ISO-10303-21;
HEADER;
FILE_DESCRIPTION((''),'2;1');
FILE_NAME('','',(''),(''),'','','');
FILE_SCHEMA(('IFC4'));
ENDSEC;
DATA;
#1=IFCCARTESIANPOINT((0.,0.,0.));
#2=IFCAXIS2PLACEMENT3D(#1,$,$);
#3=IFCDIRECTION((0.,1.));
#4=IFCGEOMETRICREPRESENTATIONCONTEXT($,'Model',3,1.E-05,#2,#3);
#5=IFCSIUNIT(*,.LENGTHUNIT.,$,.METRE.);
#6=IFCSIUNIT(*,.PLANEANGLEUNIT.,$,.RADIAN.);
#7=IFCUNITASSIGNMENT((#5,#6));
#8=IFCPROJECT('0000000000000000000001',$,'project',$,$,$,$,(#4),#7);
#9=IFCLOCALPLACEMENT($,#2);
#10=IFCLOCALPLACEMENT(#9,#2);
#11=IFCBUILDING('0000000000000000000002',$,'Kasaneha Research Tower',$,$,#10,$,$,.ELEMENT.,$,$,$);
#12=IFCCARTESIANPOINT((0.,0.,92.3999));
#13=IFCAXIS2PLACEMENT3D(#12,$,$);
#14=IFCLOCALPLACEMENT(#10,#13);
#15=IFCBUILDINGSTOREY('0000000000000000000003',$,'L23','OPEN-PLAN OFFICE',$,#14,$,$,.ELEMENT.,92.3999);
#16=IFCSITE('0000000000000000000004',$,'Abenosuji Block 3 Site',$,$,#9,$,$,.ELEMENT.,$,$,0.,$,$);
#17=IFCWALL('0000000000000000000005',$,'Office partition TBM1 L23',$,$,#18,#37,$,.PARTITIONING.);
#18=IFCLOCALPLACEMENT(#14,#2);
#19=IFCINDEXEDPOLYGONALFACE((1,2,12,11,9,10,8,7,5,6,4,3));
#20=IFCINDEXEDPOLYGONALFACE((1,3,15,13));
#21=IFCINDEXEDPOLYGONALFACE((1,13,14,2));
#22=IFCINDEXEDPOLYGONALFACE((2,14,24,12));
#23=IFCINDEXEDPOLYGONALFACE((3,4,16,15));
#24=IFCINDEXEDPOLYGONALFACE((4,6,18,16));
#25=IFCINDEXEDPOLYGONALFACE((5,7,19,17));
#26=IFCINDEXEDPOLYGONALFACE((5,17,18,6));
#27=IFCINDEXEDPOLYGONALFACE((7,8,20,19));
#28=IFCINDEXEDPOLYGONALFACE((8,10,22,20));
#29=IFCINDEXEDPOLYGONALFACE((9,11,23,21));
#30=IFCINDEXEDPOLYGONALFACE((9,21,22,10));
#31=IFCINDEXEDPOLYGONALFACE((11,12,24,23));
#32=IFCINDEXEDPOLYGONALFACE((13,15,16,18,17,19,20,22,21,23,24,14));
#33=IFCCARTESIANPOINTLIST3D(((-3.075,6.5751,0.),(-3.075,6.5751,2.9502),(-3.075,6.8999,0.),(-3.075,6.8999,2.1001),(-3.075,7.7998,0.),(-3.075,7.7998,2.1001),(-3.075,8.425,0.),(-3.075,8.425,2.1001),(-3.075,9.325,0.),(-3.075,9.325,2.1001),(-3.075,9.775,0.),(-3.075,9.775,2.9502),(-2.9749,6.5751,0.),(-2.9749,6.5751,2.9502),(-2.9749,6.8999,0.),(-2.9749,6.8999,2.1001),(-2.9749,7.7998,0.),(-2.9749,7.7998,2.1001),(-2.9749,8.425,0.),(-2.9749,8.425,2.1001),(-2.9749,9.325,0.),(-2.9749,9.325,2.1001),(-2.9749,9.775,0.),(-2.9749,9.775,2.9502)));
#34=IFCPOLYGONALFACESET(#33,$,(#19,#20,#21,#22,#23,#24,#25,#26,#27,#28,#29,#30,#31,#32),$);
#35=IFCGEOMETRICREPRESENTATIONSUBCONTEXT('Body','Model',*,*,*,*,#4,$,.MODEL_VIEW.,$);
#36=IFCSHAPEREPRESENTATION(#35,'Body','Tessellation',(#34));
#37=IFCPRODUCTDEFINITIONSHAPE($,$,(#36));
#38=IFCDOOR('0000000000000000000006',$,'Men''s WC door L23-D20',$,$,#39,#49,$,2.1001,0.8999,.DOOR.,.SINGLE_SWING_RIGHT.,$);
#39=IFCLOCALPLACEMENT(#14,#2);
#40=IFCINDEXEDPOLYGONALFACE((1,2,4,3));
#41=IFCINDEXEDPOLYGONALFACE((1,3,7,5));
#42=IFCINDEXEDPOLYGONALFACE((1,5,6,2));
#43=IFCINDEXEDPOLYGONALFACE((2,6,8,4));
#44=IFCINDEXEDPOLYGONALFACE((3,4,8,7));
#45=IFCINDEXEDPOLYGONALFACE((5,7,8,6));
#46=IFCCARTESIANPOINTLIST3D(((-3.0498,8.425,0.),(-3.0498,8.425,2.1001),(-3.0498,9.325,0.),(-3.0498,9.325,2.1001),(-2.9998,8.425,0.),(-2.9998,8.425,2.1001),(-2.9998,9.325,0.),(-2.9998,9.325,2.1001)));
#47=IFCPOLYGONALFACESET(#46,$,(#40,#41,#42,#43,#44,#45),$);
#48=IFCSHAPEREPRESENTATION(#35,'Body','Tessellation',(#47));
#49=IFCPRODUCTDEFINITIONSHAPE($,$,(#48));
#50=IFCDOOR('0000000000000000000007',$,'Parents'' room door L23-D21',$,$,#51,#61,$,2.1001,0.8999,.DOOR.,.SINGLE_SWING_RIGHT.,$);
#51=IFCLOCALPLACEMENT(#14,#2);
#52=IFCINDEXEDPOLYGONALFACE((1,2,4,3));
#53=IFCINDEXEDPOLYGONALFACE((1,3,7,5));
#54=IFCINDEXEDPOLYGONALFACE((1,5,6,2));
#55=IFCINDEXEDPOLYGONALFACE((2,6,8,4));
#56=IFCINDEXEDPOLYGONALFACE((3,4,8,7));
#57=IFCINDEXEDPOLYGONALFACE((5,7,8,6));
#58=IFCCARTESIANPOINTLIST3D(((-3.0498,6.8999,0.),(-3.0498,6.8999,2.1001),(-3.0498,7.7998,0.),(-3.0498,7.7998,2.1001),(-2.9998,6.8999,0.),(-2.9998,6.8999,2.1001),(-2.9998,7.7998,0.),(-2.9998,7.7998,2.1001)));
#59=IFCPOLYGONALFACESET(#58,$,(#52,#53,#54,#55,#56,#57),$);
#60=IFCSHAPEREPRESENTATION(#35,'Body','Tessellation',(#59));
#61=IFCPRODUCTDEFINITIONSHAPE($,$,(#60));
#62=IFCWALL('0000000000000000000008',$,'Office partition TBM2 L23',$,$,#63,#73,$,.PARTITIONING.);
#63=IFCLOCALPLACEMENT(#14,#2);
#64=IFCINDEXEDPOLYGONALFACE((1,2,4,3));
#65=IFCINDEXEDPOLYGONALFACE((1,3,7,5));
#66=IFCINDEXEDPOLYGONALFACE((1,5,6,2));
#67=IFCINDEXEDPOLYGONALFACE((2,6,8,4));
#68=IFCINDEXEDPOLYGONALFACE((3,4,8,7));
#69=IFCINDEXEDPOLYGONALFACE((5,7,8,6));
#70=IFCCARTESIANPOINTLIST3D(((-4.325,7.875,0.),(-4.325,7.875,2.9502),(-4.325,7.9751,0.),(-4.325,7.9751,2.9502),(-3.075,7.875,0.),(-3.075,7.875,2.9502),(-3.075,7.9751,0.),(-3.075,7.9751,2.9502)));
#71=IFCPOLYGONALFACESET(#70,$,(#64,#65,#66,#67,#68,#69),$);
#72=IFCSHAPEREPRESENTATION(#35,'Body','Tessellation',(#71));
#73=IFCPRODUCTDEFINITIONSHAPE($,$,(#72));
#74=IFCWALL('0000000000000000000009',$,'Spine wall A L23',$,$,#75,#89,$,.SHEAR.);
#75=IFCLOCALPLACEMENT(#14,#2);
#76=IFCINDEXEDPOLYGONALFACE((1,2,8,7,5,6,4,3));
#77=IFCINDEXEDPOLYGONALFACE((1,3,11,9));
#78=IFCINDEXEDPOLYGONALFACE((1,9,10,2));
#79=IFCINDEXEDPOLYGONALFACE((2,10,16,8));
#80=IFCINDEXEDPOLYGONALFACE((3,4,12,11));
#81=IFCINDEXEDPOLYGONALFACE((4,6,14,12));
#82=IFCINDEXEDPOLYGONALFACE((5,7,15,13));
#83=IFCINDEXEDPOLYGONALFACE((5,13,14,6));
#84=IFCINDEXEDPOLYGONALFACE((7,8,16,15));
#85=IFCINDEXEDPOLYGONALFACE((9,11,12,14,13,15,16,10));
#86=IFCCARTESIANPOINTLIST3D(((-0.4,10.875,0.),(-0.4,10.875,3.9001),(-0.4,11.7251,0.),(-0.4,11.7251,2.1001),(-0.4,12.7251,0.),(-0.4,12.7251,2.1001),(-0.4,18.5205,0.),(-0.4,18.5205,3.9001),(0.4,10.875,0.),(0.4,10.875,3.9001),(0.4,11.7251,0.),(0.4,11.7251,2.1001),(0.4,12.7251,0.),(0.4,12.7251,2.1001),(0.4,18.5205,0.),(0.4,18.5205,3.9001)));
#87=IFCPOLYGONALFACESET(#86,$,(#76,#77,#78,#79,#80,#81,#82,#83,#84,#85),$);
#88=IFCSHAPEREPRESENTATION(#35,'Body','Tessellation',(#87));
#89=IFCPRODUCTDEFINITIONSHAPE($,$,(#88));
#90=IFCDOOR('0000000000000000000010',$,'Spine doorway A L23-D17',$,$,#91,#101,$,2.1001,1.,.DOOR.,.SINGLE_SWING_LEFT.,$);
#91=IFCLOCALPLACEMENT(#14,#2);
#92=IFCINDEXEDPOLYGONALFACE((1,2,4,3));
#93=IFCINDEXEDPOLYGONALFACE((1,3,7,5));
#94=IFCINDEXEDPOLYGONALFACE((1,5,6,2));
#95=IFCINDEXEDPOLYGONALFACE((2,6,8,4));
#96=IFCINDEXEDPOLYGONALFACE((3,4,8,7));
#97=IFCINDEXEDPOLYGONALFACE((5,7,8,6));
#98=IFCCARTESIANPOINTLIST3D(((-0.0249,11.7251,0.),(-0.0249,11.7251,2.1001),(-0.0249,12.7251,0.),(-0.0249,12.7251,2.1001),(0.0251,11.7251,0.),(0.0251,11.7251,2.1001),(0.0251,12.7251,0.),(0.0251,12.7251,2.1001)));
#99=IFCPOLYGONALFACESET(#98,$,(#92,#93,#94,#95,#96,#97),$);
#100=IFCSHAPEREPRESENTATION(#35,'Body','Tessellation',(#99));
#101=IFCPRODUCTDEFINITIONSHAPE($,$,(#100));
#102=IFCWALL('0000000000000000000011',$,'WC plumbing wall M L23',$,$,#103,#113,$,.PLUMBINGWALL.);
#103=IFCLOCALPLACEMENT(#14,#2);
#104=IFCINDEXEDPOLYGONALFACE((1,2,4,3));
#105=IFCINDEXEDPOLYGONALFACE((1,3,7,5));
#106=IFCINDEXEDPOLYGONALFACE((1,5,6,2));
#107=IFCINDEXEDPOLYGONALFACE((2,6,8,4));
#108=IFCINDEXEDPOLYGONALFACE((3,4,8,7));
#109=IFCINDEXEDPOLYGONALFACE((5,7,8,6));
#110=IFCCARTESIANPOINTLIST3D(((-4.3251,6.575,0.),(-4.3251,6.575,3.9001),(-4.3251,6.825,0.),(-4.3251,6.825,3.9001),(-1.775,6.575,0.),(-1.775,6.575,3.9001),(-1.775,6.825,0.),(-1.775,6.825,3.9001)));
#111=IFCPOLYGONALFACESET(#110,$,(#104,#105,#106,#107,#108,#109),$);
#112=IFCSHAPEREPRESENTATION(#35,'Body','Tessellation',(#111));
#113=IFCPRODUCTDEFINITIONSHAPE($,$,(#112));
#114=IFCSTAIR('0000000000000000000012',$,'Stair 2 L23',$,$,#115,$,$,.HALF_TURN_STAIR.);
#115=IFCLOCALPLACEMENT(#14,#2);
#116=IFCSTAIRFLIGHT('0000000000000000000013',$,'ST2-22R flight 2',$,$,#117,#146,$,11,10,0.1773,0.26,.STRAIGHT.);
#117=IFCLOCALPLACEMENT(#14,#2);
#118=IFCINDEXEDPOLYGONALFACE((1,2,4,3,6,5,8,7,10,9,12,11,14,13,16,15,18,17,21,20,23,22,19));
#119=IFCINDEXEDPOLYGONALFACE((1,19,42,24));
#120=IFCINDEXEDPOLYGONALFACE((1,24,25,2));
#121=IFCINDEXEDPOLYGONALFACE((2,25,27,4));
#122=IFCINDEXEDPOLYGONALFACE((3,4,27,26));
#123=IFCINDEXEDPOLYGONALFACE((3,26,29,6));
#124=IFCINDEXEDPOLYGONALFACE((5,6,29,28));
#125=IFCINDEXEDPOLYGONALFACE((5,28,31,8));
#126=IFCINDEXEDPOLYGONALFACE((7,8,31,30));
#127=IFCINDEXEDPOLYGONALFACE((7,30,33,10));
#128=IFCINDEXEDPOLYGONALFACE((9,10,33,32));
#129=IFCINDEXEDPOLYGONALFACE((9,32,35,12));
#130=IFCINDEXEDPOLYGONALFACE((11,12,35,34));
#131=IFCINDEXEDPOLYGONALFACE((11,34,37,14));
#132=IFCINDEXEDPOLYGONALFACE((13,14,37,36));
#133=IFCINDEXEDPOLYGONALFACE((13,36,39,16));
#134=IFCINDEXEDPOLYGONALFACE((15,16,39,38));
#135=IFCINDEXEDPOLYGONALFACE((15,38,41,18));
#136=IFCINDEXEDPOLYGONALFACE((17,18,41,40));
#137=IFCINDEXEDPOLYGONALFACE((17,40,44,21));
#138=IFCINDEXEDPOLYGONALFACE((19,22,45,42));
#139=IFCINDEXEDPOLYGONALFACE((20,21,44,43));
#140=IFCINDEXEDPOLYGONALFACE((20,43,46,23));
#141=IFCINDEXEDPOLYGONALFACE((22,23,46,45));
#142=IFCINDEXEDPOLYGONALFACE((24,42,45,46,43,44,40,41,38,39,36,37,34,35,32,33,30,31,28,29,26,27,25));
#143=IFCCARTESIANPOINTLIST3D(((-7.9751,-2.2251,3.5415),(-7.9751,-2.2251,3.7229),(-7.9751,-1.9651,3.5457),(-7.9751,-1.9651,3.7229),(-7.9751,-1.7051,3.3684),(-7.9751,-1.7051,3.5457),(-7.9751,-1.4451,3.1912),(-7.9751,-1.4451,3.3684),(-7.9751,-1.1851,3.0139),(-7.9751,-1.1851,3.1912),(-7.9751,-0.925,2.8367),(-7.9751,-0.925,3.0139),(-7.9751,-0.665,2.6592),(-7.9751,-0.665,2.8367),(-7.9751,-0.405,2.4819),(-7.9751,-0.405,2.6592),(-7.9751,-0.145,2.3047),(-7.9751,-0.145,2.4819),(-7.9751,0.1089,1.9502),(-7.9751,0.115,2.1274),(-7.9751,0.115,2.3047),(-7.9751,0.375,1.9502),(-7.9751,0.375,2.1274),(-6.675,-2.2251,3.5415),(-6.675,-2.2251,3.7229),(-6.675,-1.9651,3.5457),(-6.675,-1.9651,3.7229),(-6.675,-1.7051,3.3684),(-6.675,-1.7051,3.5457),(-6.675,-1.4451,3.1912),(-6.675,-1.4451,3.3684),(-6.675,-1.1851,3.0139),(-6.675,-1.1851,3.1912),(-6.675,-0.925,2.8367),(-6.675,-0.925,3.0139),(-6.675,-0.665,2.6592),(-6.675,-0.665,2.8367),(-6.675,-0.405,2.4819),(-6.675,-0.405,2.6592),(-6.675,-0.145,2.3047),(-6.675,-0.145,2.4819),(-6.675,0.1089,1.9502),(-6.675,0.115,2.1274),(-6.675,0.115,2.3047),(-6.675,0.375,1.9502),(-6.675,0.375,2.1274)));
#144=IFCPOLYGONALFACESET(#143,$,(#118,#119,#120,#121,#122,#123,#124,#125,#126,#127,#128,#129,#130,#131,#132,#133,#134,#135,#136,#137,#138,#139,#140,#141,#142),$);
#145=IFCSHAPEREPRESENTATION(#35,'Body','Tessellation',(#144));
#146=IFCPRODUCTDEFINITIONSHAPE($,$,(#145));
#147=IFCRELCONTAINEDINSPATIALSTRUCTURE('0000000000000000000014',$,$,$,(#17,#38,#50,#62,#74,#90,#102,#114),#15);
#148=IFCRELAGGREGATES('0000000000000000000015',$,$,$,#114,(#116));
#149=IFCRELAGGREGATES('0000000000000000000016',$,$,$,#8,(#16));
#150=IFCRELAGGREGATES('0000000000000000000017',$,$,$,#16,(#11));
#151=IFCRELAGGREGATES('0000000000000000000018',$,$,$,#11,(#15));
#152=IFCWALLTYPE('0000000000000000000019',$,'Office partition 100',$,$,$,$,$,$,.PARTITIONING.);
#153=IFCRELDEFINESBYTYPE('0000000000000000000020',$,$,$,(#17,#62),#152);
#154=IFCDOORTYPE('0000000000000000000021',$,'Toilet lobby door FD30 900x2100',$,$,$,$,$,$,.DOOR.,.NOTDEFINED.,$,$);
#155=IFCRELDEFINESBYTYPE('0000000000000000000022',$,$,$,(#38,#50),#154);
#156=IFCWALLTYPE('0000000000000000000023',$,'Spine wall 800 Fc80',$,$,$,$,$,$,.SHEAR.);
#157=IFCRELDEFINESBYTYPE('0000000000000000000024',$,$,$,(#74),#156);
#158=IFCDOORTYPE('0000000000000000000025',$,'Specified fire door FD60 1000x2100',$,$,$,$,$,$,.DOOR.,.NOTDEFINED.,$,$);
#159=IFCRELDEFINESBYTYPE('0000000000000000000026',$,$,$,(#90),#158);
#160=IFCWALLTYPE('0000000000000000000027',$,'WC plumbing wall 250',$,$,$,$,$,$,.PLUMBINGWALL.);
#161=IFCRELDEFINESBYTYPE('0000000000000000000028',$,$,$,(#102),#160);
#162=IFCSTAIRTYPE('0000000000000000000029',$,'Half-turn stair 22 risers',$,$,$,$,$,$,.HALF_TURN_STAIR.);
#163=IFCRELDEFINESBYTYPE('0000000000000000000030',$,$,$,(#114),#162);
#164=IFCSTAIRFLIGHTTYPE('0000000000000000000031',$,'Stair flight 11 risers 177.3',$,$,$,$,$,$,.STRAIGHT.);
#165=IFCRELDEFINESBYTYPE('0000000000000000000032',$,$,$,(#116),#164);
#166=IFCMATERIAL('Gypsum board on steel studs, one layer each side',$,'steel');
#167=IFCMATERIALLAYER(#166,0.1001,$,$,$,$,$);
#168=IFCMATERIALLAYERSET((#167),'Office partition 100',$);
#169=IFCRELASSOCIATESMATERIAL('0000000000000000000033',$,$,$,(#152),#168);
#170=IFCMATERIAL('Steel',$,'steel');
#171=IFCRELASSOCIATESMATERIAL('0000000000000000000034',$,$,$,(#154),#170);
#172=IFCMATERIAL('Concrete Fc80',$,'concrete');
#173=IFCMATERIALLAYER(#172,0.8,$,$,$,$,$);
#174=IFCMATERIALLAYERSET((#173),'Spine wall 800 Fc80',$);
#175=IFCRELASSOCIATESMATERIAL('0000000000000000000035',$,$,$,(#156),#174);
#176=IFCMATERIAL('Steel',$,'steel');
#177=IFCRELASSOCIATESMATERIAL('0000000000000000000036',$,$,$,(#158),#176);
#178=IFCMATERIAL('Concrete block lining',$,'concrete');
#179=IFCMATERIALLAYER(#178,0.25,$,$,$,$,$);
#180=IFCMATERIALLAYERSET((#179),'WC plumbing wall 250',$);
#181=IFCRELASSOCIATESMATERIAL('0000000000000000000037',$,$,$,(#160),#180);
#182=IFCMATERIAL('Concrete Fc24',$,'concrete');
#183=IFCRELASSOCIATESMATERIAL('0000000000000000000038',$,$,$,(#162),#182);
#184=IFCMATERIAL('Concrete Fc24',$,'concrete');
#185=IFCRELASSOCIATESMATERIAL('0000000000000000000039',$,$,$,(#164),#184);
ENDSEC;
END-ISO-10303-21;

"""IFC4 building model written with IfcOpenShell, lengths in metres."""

from ifc_helpers import new_model, si_unit, direction, frame, frame_2d, origin, place, context, subcontext, project, spatial, polyline, rectangle, outline, extrude, material, layer, layer_set, type_object, element, fill, aggregate, save


model = new_model("IFC4")

# Units and contexts
model_context = context("Model", 3, precision=1e-05, world=origin(), true_north=direction((0.0, 1.0)))
body_context = subcontext(model_context, "Body", "Model", "MODEL_VIEW")
ifc_project = project(units=[si_unit("LENGTHUNIT", "METRE"), si_unit("PLANEANGLEUNIT", "RADIAN")], contexts=[model_context])

# Site, building, storey
site_placement = place(None, origin())
site = spatial("IfcSite", under=ifc_project, at=site_placement, Name="Abenosuji Block 3 Site", CompositionType="ELEMENT", RefElevation=0.0)
building_placement = place(site_placement, origin())
building = spatial("IfcBuilding", under=site, at=building_placement, Name="Kasaneha Research Tower", CompositionType="ELEMENT")
storey_placement = place(building_placement, frame((0.0, 0.0, 92.3999)))
storey = spatial("IfcBuildingStorey", under=building, at=storey_placement, Name="L23", Description="OPEN-PLAN OFFICE", CompositionType="ELEMENT", Elevation=92.3999)

# Wall, openings, doors
ifc_material_1 = material(Name="Gypsum board on steel studs, one layer each side", Category="steel")
ifc_layer_1 = layer(ifc_material_1, 0.1001)
ifc_layer_set_1 = layer_set([ifc_layer_1], Name="Office partition 100")
wall_type_1 = type_object("IfcWallType", Name="Office partition 100", PredefinedType="PARTITIONING", material=ifc_layer_set_1)
wall_1_placement = place(storey_placement, frame((-3.0249, 6.575, 0.0), z_axis=(0.0, 0.0, 1.0), x_axis=(0.0, 1.0, 0.0)))
wall_1 = element("IfcWall", 1, at=wall_1_placement, inside=storey, type_object=wall_type_1, Name="Office partition TBM1 L23", PredefinedType="PARTITIONING", context=body_context, shape_type="SweptSolid", body=[
    extrude(rectangle(XDim=3.2, YDim=0.1001, at=frame_2d((1.6001, 0.0))), origin(), (0.0, 0.0, 1.0), 2.9502),
])
opening_1_placement = place(wall_1_placement, frame((1.8501, 0.0, 0.0)))
opening_1 = element("IfcOpeningElement", 2, at=opening_1_placement, cuts=wall_1, PredefinedType="OPENING", context=body_context, shape_type="SweptSolid", body=[
    extrude(rectangle(XDim=0.8999, YDim=2.1001, at=frame_2d((0.45, 1.05))), frame((0.0, 0.0601, 0.0), z_axis=(0.0, -1.0, 0.0), x_axis=(1.0, 0.0, 0.0)), (0.0, 0.0, 1.0), 0.1201),
])
opening_2_placement = place(wall_1_placement, frame((0.325, 0.0, 0.0)))
opening_2 = element("IfcOpeningElement", 3, at=opening_2_placement, cuts=wall_1, PredefinedType="OPENING", context=body_context, shape_type="SweptSolid", body=[
    extrude(rectangle(XDim=0.8999, YDim=2.1001, at=frame_2d((0.45, 1.05))), frame((0.0, 0.0601, 0.0), z_axis=(0.0, -1.0, 0.0), x_axis=(1.0, 0.0, 0.0)), (0.0, 0.0, 1.0), 0.1201),
])
ifc_material_2 = material(Name="Steel", Category="steel")
door_type_1 = type_object("IfcDoorType", Name="Toilet lobby door FD30 900x2100", OperationType="NOTDEFINED", PredefinedType="DOOR", material=ifc_material_2)
door_1_placement = place(opening_1_placement, origin())
door_1 = element("IfcDoor", 4, at=door_1_placement, inside=storey, type_object=door_type_1, Name="Men's WC door L23-D20", OperationType="SINGLE_SWING_RIGHT", OverallHeight=2.1001, OverallWidth=0.8999, PredefinedType="DOOR", context=body_context, shape_type="SweptSolid", body=[
    extrude(rectangle(XDim=0.8999, YDim=2.1001, at=frame_2d((0.45, 1.05))), frame((0.0, 0.0249, 0.0), z_axis=(0.0, -1.0, 0.0), x_axis=(1.0, 0.0, 0.0)), (0.0, 0.0, 1.0), 0.05),
])
fill(opening_1, door_1)
door_2_placement = place(opening_2_placement, origin())
door_2 = element("IfcDoor", 5, at=door_2_placement, inside=storey, type_object=door_type_1, Name="Parents' room door L23-D21", OperationType="SINGLE_SWING_RIGHT", OverallHeight=2.1001, OverallWidth=0.8999, PredefinedType="DOOR", context=body_context, shape_type="SweptSolid", body=[
    extrude(rectangle(XDim=0.8999, YDim=2.1001, at=frame_2d((0.45, 1.05))), frame((0.0, 0.0249, 0.0), z_axis=(0.0, -1.0, 0.0), x_axis=(1.0, 0.0, 0.0)), (0.0, 0.0, 1.0), 0.05),
])
fill(opening_2, door_2)

# Wall
wall_2_placement = place(storey_placement, frame((-3.075, 7.925, 0.0), z_axis=(0.0, 0.0, 1.0), x_axis=(-1.0, 0.0, 0.0)))
element("IfcWall", 6, at=wall_2_placement, inside=storey, type_object=wall_type_1, Name="Office partition TBM2 L23", PredefinedType="PARTITIONING", context=body_context, shape_type="SweptSolid", body=[
    extrude(rectangle(XDim=1.25, YDim=0.1001, at=frame_2d((0.625, 0.0))), origin(), (0.0, 0.0, 1.0), 2.9502),
])

# Wall, opening, door
ifc_material_3 = material(Name="Concrete Fc80", Category="concrete")
ifc_layer_2 = layer(ifc_material_3, 0.8)
ifc_layer_set_2 = layer_set([ifc_layer_2], Name="Spine wall 800 Fc80")
wall_type_2 = type_object("IfcWallType", Name="Spine wall 800 Fc80", PredefinedType="SHEAR", material=ifc_layer_set_2)
wall_3_placement = place(storey_placement, frame((0.0, 10.875, 0.0), z_axis=(0.0, 0.0, 1.0), x_axis=(0.0, 1.0, 0.0)))
wall_3 = element("IfcWall", 7, at=wall_3_placement, inside=storey, type_object=wall_type_2, Name="Spine wall A L23", PredefinedType="SHEAR", context=body_context, shape_type="SweptSolid", body=[
    extrude(rectangle(XDim=7.6455, YDim=0.8, at=frame_2d((3.8228, 0.0))), origin(), (0.0, 0.0, 1.0), 3.9001),
])
opening_3_placement = place(wall_3_placement, frame((0.8501, 0.0, 0.0)))
opening_3 = element("IfcOpeningElement", 8, at=opening_3_placement, cuts=wall_3, PredefinedType="OPENING", context=body_context, shape_type="SweptSolid", body=[
    extrude(rectangle(XDim=1.0, YDim=2.1001, at=frame_2d((0.5, 1.05))), frame((0.0, 0.4102, 0.0), z_axis=(0.0, -1.0, 0.0), x_axis=(1.0, 0.0, 0.0)), (0.0, 0.0, 1.0), 0.8201),
])
ifc_material_4 = material(Name="Steel", Category="steel")
door_type_2 = type_object("IfcDoorType", Name="Specified fire door FD60 1000x2100", OperationType="NOTDEFINED", PredefinedType="DOOR", material=ifc_material_4)
door_3_placement = place(opening_3_placement, origin())
door_3 = element("IfcDoor", 9, at=door_3_placement, inside=storey, type_object=door_type_2, Name="Spine doorway A L23-D17", OperationType="SINGLE_SWING_LEFT", OverallHeight=2.1001, OverallWidth=1.0, PredefinedType="DOOR", context=body_context, shape_type="SweptSolid", body=[
    extrude(rectangle(XDim=1.0, YDim=2.1001, at=frame_2d((0.5, 1.05))), frame((0.0, 0.0249, 0.0), z_axis=(0.0, -1.0, 0.0), x_axis=(1.0, 0.0, 0.0)), (0.0, 0.0, 1.0), 0.05),
])
fill(opening_3, door_3)

# Wall
ifc_material_5 = material(Name="Concrete block lining", Category="concrete")
ifc_layer_3 = layer(ifc_material_5, 0.25)
ifc_layer_set_3 = layer_set([ifc_layer_3], Name="WC plumbing wall 250")
wall_type_3 = type_object("IfcWallType", Name="WC plumbing wall 250", PredefinedType="PLUMBINGWALL", material=ifc_layer_set_3)
wall_4_placement = place(storey_placement, frame((-4.325, 6.7, 0.0), z_axis=(0.0, 0.0, 1.0), x_axis=(1.0, 0.0, 0.0)))
element("IfcWall", 10, at=wall_4_placement, inside=storey, type_object=wall_type_3, Name="WC plumbing wall M L23", PredefinedType="PLUMBINGWALL", context=body_context, shape_type="SweptSolid", body=[
    extrude(rectangle(XDim=2.55, YDim=0.25, at=frame_2d((1.2749, 0.0))), origin(), (0.0, 0.0, 1.0), 3.9001),
])

# Stair, stair flight
ifc_material_6 = material(Name="Concrete Fc24", Category="concrete")
stair_type = type_object("IfcStairType", Name="Half-turn stair 22 risers", PredefinedType="HALF_TURN_STAIR", material=ifc_material_6)
stair_placement = place(storey_placement, origin())
stair = element("IfcStair", 11, at=stair_placement, inside=storey, type_object=stair_type, Name="Stair 2 L23", PredefinedType="HALF_TURN_STAIR")
ifc_material_7 = material(Name="Concrete Fc24", Category="concrete")
stair_flight_type = type_object("IfcStairFlightType", Name="Stair flight 11 risers 177.3", PredefinedType="STRAIGHT", material=ifc_material_7)
stair_flight_placement = place(storey_placement, frame((-7.325, 0.375, 1.9502), z_axis=(0.0, 0.0, 1.0), x_axis=(0.0, -1.0, 0.0)))
stair_flight = element("IfcStairFlight", 12, at=stair_flight_placement, type_object=stair_flight_type, Name="ST2-22R flight 2", NumberOfRisers=11, NumberOfTreads=10, PredefinedType="STRAIGHT", RiserHeight=0.1773, TreadLength=0.26, context=body_context, shape_type="SweptSolid", body=[
    extrude(outline(polyline([(0.0, 0.0), (0.0, 0.1772), (0.26, 0.1772), (0.26, 0.3545), (0.52, 0.3545), (0.52, 0.5317), (0.78, 0.5317), (0.78, 0.709), (1.04, 0.709), (1.04, 0.8865), (1.3, 0.8865), (1.3, 1.0637), (1.5601, 1.0637), (1.5601, 1.241), (1.8201, 1.241), (1.8201, 1.4182), (2.0801, 1.4182), (2.0801, 1.5955), (2.3401, 1.5955), (2.3401, 1.7727), (2.6001, 1.7727), (2.6001, 1.95), (2.6001, 1.5913), (0.2661, 0.0), (0.0, 0.0)])), frame((0.0, 0.6499, 0.0), z_axis=(0.0, -1.0, 0.0), x_axis=(1.0, 0.0, 0.0)), (0.0, 0.0, 1.0), 1.3),
])
aggregate(stair, [stair_flight])

save(model, "model.ifc")
